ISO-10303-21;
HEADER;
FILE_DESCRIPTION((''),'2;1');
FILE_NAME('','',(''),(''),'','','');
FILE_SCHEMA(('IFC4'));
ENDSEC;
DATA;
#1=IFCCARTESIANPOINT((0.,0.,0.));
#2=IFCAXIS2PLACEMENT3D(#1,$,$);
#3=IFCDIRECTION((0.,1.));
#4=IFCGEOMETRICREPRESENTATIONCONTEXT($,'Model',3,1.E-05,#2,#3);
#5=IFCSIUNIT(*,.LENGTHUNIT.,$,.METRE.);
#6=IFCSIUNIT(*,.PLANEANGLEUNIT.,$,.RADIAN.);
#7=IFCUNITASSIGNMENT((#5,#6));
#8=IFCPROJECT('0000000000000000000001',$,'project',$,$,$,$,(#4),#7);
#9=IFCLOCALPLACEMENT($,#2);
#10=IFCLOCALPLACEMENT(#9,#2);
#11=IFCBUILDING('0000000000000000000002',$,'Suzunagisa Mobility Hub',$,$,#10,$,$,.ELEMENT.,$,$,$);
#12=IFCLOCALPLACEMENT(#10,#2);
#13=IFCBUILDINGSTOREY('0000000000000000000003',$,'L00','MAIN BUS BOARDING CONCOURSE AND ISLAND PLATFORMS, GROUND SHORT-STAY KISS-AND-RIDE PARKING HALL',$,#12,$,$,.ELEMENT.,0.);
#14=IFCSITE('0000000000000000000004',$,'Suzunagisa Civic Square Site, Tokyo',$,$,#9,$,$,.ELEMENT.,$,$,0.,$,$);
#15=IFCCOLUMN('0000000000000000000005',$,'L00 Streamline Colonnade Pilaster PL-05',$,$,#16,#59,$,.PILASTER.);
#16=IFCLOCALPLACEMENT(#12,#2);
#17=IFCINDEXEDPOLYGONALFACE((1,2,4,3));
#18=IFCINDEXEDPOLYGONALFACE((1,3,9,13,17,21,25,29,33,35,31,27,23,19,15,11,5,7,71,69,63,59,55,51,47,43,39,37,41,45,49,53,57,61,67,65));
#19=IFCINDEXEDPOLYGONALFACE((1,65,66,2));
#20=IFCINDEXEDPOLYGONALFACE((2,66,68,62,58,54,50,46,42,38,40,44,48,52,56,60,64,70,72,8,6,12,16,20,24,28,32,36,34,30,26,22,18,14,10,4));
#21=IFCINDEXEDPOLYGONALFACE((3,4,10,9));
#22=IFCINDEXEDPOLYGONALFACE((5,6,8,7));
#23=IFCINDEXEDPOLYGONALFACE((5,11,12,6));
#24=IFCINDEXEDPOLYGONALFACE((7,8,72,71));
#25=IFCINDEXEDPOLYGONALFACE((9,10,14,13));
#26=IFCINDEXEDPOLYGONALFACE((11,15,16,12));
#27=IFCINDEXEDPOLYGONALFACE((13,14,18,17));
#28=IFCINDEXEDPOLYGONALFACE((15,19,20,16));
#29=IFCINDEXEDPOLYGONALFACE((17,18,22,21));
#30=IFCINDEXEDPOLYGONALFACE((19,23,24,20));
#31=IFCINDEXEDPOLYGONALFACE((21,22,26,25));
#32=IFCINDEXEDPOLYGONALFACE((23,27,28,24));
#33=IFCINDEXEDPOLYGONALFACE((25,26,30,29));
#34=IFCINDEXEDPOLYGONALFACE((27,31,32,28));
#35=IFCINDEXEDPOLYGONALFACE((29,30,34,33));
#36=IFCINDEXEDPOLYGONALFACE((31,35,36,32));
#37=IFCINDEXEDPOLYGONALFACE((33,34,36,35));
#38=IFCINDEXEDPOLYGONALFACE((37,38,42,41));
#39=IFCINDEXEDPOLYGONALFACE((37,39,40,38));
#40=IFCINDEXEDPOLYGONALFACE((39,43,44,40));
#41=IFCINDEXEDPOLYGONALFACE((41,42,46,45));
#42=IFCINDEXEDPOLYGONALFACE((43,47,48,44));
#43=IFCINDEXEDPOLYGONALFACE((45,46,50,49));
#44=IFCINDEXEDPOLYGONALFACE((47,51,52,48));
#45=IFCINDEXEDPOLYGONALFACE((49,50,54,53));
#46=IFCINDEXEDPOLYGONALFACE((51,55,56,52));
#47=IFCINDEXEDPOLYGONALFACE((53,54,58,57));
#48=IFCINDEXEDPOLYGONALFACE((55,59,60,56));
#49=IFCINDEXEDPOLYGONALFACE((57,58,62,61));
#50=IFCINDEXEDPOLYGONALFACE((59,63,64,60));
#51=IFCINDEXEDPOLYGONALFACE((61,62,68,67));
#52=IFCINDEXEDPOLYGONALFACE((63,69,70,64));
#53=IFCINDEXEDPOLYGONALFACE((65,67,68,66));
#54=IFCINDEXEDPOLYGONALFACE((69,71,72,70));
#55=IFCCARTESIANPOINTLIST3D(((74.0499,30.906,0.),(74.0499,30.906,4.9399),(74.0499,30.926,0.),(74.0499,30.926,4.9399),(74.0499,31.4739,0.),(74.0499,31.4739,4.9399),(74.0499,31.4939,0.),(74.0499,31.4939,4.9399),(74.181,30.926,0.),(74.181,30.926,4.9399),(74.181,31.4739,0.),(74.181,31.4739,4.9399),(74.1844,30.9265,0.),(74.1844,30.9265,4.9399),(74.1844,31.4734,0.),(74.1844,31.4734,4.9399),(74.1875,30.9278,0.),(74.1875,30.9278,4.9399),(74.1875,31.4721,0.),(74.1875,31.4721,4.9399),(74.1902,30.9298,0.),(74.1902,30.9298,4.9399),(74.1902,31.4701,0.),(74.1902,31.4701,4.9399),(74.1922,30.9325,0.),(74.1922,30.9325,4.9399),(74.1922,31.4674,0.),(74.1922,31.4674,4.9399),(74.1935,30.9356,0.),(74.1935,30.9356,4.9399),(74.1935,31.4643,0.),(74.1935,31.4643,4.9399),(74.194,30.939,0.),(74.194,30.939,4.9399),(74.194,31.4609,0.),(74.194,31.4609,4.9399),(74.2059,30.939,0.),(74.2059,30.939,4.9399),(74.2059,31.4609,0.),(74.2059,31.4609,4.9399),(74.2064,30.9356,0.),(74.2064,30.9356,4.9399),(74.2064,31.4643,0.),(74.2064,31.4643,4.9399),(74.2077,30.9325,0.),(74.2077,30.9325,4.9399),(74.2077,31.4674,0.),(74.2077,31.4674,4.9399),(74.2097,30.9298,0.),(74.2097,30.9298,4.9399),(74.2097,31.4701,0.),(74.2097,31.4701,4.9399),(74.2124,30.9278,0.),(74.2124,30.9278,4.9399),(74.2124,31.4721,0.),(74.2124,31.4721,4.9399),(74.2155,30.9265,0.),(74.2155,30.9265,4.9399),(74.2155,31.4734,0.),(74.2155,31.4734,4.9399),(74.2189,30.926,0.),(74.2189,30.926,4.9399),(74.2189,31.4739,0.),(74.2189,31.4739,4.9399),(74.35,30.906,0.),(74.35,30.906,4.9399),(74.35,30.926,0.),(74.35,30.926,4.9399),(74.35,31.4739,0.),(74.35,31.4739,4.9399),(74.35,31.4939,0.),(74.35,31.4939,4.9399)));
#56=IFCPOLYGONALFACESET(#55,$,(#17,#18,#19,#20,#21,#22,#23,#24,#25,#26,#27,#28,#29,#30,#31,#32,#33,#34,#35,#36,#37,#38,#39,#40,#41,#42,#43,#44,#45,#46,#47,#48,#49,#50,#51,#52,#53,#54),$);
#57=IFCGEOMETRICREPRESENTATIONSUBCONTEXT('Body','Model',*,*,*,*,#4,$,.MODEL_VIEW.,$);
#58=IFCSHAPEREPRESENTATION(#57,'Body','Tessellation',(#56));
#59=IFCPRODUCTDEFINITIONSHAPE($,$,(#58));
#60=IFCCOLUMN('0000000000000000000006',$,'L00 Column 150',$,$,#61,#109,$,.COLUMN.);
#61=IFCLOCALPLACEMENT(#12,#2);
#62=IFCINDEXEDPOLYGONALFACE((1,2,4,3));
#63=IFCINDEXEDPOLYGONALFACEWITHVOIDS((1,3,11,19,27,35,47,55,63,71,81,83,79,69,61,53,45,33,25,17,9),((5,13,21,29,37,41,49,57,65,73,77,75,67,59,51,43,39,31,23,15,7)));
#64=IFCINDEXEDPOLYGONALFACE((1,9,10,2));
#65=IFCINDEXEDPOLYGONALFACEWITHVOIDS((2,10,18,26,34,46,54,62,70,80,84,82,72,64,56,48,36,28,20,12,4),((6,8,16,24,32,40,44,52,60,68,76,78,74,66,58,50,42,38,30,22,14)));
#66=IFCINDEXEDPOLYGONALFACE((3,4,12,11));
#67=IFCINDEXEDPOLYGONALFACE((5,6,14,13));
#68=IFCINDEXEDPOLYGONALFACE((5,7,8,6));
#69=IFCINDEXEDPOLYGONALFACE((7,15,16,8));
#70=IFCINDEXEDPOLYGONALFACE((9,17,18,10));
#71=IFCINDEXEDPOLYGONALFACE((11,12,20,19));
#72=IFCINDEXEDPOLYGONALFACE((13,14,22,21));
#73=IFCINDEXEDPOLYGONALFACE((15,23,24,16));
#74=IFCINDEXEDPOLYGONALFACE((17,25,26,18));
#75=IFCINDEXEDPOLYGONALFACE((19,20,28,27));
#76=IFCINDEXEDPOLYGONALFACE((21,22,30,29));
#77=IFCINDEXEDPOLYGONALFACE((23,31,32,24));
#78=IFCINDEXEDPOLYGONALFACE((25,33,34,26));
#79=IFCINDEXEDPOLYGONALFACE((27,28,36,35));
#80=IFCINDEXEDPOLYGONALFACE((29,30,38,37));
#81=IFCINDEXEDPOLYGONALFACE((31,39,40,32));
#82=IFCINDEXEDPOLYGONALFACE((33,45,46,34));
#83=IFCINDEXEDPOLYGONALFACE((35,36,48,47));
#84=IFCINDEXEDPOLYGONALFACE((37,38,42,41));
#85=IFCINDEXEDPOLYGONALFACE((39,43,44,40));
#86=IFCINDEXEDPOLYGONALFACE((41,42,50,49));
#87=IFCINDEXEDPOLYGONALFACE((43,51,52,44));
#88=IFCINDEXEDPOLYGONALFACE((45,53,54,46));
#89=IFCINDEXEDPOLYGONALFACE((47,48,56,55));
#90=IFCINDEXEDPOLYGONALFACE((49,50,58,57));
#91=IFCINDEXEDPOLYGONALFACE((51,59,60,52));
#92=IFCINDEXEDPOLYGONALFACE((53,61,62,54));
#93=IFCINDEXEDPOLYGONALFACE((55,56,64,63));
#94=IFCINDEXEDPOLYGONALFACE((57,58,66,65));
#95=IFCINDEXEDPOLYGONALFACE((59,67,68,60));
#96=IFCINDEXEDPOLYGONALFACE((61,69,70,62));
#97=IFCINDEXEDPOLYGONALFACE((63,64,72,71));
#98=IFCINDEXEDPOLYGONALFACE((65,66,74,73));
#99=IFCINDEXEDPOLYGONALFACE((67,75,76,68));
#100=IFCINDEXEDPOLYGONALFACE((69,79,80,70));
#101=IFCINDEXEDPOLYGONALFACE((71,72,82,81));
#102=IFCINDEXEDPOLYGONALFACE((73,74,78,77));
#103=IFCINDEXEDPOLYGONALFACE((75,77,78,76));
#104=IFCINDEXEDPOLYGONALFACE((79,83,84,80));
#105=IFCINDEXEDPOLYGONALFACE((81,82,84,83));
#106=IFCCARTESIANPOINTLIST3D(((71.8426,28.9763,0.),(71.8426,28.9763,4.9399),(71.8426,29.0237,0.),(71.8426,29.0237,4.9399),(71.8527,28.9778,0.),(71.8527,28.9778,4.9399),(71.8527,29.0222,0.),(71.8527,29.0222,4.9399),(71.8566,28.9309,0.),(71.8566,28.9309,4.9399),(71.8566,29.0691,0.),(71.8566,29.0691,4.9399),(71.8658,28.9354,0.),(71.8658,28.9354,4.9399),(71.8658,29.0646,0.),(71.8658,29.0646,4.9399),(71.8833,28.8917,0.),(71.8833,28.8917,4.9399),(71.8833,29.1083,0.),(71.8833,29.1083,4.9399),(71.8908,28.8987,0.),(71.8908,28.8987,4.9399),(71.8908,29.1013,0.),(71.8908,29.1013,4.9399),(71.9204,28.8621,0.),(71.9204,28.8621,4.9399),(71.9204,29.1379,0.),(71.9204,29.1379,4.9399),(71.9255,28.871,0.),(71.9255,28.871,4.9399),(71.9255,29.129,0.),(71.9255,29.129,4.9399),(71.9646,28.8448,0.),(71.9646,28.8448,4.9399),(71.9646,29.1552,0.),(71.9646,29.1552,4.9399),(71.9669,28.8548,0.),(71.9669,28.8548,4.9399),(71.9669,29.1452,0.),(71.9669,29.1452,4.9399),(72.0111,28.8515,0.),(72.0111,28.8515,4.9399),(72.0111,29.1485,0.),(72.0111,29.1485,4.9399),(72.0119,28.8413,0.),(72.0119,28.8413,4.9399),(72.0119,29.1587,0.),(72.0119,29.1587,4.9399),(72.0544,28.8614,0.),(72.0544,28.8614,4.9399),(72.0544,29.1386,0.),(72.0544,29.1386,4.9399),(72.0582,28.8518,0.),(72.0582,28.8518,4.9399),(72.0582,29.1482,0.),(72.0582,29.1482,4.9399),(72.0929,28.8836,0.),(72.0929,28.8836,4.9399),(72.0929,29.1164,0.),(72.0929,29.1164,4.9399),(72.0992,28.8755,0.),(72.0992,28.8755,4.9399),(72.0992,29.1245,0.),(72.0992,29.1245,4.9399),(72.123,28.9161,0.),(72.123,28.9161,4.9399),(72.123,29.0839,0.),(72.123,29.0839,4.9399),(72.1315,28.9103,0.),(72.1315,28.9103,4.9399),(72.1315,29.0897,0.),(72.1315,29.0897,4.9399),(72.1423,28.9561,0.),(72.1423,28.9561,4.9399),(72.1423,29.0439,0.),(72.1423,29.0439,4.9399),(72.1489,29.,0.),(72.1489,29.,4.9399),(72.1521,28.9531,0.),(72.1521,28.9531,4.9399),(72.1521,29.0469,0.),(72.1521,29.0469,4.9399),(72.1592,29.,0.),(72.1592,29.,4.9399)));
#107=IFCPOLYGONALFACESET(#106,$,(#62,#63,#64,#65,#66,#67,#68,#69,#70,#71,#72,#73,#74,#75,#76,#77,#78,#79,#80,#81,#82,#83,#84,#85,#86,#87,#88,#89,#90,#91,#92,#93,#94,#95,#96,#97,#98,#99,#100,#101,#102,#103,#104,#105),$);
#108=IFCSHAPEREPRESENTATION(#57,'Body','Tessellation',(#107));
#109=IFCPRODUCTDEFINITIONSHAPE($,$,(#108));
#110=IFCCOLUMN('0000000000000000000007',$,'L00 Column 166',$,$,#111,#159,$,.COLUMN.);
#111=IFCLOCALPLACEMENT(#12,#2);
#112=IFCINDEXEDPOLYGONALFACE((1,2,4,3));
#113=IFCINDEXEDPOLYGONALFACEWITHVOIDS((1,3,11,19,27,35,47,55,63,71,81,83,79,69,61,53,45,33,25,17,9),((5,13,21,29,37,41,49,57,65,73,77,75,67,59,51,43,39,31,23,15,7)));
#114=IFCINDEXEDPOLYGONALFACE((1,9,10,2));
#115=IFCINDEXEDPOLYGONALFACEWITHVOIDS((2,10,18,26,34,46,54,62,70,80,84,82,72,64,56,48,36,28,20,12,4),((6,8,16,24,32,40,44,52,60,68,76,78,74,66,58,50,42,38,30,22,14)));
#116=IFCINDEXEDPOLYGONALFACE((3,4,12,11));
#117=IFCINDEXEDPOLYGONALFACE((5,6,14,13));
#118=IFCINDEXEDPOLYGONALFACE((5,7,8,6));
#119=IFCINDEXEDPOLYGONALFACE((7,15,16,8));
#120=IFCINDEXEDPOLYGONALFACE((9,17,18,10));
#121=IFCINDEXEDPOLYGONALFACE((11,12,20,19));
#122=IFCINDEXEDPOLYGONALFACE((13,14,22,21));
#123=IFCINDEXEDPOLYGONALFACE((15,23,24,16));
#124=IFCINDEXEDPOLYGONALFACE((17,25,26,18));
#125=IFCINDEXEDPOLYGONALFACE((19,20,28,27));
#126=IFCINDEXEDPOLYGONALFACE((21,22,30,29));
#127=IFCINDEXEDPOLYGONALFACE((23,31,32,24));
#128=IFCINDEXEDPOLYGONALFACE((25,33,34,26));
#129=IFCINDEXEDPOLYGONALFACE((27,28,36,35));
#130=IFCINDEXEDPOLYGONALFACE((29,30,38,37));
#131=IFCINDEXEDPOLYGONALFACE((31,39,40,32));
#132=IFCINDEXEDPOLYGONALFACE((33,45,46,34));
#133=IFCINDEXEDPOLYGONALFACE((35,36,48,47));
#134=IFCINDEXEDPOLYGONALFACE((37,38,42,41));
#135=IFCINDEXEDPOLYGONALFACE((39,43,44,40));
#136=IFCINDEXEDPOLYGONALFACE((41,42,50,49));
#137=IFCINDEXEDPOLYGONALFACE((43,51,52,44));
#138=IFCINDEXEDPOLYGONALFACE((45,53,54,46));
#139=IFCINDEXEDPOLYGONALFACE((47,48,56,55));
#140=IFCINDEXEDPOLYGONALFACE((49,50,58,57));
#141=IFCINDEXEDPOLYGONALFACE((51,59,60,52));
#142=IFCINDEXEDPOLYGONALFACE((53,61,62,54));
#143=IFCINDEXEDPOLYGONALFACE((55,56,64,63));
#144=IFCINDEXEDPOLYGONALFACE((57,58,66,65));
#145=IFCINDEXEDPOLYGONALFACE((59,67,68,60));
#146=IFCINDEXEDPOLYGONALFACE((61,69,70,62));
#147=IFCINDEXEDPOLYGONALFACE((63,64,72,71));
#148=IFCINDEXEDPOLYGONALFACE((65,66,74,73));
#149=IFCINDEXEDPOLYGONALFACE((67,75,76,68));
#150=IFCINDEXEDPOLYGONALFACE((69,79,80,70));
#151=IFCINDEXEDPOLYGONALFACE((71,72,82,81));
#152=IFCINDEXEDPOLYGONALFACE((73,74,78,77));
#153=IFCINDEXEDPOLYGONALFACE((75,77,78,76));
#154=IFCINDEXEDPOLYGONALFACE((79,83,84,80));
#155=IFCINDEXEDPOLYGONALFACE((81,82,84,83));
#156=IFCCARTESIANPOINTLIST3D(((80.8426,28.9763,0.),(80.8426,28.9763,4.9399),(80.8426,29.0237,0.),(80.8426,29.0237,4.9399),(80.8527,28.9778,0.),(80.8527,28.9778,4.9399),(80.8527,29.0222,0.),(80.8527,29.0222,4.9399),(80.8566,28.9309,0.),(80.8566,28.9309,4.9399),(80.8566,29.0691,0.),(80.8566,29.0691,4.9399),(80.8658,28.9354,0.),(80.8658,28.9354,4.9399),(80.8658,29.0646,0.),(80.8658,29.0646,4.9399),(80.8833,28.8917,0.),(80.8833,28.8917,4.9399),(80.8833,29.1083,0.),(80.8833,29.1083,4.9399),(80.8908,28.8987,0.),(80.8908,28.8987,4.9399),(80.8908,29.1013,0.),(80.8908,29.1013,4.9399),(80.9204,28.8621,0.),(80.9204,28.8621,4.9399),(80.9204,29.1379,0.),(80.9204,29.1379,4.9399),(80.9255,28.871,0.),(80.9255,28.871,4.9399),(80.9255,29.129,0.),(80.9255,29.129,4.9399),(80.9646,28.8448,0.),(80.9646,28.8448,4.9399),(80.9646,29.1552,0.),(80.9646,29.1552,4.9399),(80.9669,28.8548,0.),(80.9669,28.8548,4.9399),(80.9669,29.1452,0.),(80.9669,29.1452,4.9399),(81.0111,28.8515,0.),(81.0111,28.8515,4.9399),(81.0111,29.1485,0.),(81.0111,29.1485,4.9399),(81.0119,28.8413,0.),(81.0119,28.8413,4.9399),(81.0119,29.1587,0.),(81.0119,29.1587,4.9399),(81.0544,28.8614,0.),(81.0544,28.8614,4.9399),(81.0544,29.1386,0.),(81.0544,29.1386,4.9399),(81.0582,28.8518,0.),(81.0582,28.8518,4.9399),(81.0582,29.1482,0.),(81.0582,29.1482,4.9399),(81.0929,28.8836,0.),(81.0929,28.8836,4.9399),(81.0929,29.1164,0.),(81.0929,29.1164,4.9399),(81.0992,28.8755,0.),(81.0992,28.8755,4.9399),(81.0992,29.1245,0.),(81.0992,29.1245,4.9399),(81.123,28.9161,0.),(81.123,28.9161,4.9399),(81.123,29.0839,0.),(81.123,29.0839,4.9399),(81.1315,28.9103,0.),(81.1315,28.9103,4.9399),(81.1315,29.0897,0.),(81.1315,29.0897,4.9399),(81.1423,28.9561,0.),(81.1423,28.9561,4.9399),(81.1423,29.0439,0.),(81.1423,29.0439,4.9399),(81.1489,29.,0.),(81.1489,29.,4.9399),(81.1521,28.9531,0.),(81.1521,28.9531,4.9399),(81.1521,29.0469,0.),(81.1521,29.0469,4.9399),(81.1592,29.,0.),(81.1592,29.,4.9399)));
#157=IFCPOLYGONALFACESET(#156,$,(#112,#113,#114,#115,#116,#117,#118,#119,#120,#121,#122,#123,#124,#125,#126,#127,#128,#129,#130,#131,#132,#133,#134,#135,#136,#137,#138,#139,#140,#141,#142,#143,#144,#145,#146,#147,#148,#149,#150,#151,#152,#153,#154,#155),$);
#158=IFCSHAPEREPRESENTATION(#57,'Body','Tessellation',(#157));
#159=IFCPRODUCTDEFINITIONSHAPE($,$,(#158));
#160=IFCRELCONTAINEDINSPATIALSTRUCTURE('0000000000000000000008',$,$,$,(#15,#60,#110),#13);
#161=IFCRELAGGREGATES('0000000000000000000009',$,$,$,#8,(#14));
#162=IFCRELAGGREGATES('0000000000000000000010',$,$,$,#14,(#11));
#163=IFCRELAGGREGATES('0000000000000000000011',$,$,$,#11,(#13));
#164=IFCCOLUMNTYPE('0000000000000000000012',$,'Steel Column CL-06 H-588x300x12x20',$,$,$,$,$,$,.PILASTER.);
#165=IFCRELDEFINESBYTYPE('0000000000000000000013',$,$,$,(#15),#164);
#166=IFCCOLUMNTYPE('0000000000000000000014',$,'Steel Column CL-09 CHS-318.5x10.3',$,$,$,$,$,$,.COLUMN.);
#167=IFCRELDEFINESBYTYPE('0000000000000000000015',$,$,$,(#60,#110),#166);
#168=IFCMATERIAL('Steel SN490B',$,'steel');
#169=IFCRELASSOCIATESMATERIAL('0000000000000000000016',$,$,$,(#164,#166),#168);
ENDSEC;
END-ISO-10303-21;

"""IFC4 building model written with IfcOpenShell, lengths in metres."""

from ifc_helpers import new_model, si_unit, direction, frame, origin, origin_2d, place, context, subcontext, project, spatial, hollow_circle, i_section, extrude, material, material_profile, profile_set, type_object, element, save


model = new_model("IFC4")

# Units and contexts
model_context = context("Model", 3, precision=1e-05, world=origin(), true_north=direction((0.0, 1.0)))
body_context = subcontext(model_context, "Body", "Model", "MODEL_VIEW")
ifc_project = project(units=[si_unit("LENGTHUNIT", "METRE"), si_unit("PLANEANGLEUNIT", "RADIAN")], contexts=[model_context])

# Site, building, storey
site_placement = place(None, origin())
site = spatial("IfcSite", under=ifc_project, at=site_placement, Name="Suzunagisa Civic Square Site, Tokyo", CompositionType="ELEMENT", RefElevation=0.0)
building_placement = place(site_placement, origin())
building = spatial("IfcBuilding", under=site, at=building_placement, Name="Suzunagisa Mobility Hub", CompositionType="ELEMENT")
storey_placement = place(building_placement, origin())
storey = spatial("IfcBuildingStorey", under=building, at=storey_placement, Name="L00", Description="MAIN BUS BOARDING CONCOURSE AND ISLAND PLATFORMS, GROUND SHORT-STAY KISS-AND-RIDE PARKING HALL", CompositionType="ELEMENT", Elevation=0.0)

# Columns
ifc_material_1 = material(Name="Steel SN490B", Category="steel")
ifc_material_profile_1 = material_profile(ifc_material_1, i_section(OverallWidth=0.3, OverallDepth=0.5879, WebThickness=0.012, FlangeThickness=0.02, FilletRadius=0.0129, at=origin_2d()), Name="H-588x300x12x20")
ifc_profile_set_1 = profile_set([ifc_material_profile_1], Name="Steel SN490B")
column_type_1 = type_object("IfcColumnType", Name="Steel Column CL-06 H-588x300x12x20", PredefinedType="PILASTER", material=ifc_profile_set_1)
column_1_placement = place(storey_placement, frame((74.2, 31.2, 0.0), z_axis=(0.0, 0.0, 1.0), x_axis=(1.0, 0.0, 0.0)))
element("IfcColumn", 1, at=column_1_placement, inside=storey, type_object=column_type_1, Name="L00 Streamline Colonnade Pilaster PL-05", PredefinedType="PILASTER", context=body_context, shape_type="SweptSolid", body=[
    extrude(i_section(OverallWidth=0.3, OverallDepth=0.5879, WebThickness=0.012, FlangeThickness=0.02, FilletRadius=0.0129, at=origin_2d()), origin(), (0.0, 0.0, 1.0), 4.9399),
])
ifc_material_profile_2 = material_profile(ifc_material_1, hollow_circle(Radius=0.1592, WallThickness=0.0103, at=origin_2d()), Name="CHS-318.5x10.3")
ifc_profile_set_2 = profile_set([ifc_material_profile_2], Name="Steel SN490B")
column_type_2 = type_object("IfcColumnType", Name="Steel Column CL-09 CHS-318.5x10.3", PredefinedType="COLUMN", material=ifc_profile_set_2)
for number, where, z_axis, x_axis, name in (
    (2, (72.0, 29.0, 0.0), (0.0, 0.0, 1.0), (1.0, 0.0, 0.0), "L00 Column 150"),
    (3, (81.0, 29.0, 0.0), (0.0, 0.0, 1.0), (1.0, 0.0, 0.0), "L00 Column 166"),
):
    element("IfcColumn", number, at=place(storey_placement, frame(where, z_axis=z_axis, x_axis=x_axis)), inside=storey, type_object=column_type_2, Name=name, PredefinedType="COLUMN", context=body_context, shape_type="SweptSolid", body=[
        extrude(hollow_circle(Radius=0.1592, WallThickness=0.0103, at=origin_2d()), origin(), (0.0, 0.0, 1.0), 4.9399),
    ])

save(model, "model.ifc")
